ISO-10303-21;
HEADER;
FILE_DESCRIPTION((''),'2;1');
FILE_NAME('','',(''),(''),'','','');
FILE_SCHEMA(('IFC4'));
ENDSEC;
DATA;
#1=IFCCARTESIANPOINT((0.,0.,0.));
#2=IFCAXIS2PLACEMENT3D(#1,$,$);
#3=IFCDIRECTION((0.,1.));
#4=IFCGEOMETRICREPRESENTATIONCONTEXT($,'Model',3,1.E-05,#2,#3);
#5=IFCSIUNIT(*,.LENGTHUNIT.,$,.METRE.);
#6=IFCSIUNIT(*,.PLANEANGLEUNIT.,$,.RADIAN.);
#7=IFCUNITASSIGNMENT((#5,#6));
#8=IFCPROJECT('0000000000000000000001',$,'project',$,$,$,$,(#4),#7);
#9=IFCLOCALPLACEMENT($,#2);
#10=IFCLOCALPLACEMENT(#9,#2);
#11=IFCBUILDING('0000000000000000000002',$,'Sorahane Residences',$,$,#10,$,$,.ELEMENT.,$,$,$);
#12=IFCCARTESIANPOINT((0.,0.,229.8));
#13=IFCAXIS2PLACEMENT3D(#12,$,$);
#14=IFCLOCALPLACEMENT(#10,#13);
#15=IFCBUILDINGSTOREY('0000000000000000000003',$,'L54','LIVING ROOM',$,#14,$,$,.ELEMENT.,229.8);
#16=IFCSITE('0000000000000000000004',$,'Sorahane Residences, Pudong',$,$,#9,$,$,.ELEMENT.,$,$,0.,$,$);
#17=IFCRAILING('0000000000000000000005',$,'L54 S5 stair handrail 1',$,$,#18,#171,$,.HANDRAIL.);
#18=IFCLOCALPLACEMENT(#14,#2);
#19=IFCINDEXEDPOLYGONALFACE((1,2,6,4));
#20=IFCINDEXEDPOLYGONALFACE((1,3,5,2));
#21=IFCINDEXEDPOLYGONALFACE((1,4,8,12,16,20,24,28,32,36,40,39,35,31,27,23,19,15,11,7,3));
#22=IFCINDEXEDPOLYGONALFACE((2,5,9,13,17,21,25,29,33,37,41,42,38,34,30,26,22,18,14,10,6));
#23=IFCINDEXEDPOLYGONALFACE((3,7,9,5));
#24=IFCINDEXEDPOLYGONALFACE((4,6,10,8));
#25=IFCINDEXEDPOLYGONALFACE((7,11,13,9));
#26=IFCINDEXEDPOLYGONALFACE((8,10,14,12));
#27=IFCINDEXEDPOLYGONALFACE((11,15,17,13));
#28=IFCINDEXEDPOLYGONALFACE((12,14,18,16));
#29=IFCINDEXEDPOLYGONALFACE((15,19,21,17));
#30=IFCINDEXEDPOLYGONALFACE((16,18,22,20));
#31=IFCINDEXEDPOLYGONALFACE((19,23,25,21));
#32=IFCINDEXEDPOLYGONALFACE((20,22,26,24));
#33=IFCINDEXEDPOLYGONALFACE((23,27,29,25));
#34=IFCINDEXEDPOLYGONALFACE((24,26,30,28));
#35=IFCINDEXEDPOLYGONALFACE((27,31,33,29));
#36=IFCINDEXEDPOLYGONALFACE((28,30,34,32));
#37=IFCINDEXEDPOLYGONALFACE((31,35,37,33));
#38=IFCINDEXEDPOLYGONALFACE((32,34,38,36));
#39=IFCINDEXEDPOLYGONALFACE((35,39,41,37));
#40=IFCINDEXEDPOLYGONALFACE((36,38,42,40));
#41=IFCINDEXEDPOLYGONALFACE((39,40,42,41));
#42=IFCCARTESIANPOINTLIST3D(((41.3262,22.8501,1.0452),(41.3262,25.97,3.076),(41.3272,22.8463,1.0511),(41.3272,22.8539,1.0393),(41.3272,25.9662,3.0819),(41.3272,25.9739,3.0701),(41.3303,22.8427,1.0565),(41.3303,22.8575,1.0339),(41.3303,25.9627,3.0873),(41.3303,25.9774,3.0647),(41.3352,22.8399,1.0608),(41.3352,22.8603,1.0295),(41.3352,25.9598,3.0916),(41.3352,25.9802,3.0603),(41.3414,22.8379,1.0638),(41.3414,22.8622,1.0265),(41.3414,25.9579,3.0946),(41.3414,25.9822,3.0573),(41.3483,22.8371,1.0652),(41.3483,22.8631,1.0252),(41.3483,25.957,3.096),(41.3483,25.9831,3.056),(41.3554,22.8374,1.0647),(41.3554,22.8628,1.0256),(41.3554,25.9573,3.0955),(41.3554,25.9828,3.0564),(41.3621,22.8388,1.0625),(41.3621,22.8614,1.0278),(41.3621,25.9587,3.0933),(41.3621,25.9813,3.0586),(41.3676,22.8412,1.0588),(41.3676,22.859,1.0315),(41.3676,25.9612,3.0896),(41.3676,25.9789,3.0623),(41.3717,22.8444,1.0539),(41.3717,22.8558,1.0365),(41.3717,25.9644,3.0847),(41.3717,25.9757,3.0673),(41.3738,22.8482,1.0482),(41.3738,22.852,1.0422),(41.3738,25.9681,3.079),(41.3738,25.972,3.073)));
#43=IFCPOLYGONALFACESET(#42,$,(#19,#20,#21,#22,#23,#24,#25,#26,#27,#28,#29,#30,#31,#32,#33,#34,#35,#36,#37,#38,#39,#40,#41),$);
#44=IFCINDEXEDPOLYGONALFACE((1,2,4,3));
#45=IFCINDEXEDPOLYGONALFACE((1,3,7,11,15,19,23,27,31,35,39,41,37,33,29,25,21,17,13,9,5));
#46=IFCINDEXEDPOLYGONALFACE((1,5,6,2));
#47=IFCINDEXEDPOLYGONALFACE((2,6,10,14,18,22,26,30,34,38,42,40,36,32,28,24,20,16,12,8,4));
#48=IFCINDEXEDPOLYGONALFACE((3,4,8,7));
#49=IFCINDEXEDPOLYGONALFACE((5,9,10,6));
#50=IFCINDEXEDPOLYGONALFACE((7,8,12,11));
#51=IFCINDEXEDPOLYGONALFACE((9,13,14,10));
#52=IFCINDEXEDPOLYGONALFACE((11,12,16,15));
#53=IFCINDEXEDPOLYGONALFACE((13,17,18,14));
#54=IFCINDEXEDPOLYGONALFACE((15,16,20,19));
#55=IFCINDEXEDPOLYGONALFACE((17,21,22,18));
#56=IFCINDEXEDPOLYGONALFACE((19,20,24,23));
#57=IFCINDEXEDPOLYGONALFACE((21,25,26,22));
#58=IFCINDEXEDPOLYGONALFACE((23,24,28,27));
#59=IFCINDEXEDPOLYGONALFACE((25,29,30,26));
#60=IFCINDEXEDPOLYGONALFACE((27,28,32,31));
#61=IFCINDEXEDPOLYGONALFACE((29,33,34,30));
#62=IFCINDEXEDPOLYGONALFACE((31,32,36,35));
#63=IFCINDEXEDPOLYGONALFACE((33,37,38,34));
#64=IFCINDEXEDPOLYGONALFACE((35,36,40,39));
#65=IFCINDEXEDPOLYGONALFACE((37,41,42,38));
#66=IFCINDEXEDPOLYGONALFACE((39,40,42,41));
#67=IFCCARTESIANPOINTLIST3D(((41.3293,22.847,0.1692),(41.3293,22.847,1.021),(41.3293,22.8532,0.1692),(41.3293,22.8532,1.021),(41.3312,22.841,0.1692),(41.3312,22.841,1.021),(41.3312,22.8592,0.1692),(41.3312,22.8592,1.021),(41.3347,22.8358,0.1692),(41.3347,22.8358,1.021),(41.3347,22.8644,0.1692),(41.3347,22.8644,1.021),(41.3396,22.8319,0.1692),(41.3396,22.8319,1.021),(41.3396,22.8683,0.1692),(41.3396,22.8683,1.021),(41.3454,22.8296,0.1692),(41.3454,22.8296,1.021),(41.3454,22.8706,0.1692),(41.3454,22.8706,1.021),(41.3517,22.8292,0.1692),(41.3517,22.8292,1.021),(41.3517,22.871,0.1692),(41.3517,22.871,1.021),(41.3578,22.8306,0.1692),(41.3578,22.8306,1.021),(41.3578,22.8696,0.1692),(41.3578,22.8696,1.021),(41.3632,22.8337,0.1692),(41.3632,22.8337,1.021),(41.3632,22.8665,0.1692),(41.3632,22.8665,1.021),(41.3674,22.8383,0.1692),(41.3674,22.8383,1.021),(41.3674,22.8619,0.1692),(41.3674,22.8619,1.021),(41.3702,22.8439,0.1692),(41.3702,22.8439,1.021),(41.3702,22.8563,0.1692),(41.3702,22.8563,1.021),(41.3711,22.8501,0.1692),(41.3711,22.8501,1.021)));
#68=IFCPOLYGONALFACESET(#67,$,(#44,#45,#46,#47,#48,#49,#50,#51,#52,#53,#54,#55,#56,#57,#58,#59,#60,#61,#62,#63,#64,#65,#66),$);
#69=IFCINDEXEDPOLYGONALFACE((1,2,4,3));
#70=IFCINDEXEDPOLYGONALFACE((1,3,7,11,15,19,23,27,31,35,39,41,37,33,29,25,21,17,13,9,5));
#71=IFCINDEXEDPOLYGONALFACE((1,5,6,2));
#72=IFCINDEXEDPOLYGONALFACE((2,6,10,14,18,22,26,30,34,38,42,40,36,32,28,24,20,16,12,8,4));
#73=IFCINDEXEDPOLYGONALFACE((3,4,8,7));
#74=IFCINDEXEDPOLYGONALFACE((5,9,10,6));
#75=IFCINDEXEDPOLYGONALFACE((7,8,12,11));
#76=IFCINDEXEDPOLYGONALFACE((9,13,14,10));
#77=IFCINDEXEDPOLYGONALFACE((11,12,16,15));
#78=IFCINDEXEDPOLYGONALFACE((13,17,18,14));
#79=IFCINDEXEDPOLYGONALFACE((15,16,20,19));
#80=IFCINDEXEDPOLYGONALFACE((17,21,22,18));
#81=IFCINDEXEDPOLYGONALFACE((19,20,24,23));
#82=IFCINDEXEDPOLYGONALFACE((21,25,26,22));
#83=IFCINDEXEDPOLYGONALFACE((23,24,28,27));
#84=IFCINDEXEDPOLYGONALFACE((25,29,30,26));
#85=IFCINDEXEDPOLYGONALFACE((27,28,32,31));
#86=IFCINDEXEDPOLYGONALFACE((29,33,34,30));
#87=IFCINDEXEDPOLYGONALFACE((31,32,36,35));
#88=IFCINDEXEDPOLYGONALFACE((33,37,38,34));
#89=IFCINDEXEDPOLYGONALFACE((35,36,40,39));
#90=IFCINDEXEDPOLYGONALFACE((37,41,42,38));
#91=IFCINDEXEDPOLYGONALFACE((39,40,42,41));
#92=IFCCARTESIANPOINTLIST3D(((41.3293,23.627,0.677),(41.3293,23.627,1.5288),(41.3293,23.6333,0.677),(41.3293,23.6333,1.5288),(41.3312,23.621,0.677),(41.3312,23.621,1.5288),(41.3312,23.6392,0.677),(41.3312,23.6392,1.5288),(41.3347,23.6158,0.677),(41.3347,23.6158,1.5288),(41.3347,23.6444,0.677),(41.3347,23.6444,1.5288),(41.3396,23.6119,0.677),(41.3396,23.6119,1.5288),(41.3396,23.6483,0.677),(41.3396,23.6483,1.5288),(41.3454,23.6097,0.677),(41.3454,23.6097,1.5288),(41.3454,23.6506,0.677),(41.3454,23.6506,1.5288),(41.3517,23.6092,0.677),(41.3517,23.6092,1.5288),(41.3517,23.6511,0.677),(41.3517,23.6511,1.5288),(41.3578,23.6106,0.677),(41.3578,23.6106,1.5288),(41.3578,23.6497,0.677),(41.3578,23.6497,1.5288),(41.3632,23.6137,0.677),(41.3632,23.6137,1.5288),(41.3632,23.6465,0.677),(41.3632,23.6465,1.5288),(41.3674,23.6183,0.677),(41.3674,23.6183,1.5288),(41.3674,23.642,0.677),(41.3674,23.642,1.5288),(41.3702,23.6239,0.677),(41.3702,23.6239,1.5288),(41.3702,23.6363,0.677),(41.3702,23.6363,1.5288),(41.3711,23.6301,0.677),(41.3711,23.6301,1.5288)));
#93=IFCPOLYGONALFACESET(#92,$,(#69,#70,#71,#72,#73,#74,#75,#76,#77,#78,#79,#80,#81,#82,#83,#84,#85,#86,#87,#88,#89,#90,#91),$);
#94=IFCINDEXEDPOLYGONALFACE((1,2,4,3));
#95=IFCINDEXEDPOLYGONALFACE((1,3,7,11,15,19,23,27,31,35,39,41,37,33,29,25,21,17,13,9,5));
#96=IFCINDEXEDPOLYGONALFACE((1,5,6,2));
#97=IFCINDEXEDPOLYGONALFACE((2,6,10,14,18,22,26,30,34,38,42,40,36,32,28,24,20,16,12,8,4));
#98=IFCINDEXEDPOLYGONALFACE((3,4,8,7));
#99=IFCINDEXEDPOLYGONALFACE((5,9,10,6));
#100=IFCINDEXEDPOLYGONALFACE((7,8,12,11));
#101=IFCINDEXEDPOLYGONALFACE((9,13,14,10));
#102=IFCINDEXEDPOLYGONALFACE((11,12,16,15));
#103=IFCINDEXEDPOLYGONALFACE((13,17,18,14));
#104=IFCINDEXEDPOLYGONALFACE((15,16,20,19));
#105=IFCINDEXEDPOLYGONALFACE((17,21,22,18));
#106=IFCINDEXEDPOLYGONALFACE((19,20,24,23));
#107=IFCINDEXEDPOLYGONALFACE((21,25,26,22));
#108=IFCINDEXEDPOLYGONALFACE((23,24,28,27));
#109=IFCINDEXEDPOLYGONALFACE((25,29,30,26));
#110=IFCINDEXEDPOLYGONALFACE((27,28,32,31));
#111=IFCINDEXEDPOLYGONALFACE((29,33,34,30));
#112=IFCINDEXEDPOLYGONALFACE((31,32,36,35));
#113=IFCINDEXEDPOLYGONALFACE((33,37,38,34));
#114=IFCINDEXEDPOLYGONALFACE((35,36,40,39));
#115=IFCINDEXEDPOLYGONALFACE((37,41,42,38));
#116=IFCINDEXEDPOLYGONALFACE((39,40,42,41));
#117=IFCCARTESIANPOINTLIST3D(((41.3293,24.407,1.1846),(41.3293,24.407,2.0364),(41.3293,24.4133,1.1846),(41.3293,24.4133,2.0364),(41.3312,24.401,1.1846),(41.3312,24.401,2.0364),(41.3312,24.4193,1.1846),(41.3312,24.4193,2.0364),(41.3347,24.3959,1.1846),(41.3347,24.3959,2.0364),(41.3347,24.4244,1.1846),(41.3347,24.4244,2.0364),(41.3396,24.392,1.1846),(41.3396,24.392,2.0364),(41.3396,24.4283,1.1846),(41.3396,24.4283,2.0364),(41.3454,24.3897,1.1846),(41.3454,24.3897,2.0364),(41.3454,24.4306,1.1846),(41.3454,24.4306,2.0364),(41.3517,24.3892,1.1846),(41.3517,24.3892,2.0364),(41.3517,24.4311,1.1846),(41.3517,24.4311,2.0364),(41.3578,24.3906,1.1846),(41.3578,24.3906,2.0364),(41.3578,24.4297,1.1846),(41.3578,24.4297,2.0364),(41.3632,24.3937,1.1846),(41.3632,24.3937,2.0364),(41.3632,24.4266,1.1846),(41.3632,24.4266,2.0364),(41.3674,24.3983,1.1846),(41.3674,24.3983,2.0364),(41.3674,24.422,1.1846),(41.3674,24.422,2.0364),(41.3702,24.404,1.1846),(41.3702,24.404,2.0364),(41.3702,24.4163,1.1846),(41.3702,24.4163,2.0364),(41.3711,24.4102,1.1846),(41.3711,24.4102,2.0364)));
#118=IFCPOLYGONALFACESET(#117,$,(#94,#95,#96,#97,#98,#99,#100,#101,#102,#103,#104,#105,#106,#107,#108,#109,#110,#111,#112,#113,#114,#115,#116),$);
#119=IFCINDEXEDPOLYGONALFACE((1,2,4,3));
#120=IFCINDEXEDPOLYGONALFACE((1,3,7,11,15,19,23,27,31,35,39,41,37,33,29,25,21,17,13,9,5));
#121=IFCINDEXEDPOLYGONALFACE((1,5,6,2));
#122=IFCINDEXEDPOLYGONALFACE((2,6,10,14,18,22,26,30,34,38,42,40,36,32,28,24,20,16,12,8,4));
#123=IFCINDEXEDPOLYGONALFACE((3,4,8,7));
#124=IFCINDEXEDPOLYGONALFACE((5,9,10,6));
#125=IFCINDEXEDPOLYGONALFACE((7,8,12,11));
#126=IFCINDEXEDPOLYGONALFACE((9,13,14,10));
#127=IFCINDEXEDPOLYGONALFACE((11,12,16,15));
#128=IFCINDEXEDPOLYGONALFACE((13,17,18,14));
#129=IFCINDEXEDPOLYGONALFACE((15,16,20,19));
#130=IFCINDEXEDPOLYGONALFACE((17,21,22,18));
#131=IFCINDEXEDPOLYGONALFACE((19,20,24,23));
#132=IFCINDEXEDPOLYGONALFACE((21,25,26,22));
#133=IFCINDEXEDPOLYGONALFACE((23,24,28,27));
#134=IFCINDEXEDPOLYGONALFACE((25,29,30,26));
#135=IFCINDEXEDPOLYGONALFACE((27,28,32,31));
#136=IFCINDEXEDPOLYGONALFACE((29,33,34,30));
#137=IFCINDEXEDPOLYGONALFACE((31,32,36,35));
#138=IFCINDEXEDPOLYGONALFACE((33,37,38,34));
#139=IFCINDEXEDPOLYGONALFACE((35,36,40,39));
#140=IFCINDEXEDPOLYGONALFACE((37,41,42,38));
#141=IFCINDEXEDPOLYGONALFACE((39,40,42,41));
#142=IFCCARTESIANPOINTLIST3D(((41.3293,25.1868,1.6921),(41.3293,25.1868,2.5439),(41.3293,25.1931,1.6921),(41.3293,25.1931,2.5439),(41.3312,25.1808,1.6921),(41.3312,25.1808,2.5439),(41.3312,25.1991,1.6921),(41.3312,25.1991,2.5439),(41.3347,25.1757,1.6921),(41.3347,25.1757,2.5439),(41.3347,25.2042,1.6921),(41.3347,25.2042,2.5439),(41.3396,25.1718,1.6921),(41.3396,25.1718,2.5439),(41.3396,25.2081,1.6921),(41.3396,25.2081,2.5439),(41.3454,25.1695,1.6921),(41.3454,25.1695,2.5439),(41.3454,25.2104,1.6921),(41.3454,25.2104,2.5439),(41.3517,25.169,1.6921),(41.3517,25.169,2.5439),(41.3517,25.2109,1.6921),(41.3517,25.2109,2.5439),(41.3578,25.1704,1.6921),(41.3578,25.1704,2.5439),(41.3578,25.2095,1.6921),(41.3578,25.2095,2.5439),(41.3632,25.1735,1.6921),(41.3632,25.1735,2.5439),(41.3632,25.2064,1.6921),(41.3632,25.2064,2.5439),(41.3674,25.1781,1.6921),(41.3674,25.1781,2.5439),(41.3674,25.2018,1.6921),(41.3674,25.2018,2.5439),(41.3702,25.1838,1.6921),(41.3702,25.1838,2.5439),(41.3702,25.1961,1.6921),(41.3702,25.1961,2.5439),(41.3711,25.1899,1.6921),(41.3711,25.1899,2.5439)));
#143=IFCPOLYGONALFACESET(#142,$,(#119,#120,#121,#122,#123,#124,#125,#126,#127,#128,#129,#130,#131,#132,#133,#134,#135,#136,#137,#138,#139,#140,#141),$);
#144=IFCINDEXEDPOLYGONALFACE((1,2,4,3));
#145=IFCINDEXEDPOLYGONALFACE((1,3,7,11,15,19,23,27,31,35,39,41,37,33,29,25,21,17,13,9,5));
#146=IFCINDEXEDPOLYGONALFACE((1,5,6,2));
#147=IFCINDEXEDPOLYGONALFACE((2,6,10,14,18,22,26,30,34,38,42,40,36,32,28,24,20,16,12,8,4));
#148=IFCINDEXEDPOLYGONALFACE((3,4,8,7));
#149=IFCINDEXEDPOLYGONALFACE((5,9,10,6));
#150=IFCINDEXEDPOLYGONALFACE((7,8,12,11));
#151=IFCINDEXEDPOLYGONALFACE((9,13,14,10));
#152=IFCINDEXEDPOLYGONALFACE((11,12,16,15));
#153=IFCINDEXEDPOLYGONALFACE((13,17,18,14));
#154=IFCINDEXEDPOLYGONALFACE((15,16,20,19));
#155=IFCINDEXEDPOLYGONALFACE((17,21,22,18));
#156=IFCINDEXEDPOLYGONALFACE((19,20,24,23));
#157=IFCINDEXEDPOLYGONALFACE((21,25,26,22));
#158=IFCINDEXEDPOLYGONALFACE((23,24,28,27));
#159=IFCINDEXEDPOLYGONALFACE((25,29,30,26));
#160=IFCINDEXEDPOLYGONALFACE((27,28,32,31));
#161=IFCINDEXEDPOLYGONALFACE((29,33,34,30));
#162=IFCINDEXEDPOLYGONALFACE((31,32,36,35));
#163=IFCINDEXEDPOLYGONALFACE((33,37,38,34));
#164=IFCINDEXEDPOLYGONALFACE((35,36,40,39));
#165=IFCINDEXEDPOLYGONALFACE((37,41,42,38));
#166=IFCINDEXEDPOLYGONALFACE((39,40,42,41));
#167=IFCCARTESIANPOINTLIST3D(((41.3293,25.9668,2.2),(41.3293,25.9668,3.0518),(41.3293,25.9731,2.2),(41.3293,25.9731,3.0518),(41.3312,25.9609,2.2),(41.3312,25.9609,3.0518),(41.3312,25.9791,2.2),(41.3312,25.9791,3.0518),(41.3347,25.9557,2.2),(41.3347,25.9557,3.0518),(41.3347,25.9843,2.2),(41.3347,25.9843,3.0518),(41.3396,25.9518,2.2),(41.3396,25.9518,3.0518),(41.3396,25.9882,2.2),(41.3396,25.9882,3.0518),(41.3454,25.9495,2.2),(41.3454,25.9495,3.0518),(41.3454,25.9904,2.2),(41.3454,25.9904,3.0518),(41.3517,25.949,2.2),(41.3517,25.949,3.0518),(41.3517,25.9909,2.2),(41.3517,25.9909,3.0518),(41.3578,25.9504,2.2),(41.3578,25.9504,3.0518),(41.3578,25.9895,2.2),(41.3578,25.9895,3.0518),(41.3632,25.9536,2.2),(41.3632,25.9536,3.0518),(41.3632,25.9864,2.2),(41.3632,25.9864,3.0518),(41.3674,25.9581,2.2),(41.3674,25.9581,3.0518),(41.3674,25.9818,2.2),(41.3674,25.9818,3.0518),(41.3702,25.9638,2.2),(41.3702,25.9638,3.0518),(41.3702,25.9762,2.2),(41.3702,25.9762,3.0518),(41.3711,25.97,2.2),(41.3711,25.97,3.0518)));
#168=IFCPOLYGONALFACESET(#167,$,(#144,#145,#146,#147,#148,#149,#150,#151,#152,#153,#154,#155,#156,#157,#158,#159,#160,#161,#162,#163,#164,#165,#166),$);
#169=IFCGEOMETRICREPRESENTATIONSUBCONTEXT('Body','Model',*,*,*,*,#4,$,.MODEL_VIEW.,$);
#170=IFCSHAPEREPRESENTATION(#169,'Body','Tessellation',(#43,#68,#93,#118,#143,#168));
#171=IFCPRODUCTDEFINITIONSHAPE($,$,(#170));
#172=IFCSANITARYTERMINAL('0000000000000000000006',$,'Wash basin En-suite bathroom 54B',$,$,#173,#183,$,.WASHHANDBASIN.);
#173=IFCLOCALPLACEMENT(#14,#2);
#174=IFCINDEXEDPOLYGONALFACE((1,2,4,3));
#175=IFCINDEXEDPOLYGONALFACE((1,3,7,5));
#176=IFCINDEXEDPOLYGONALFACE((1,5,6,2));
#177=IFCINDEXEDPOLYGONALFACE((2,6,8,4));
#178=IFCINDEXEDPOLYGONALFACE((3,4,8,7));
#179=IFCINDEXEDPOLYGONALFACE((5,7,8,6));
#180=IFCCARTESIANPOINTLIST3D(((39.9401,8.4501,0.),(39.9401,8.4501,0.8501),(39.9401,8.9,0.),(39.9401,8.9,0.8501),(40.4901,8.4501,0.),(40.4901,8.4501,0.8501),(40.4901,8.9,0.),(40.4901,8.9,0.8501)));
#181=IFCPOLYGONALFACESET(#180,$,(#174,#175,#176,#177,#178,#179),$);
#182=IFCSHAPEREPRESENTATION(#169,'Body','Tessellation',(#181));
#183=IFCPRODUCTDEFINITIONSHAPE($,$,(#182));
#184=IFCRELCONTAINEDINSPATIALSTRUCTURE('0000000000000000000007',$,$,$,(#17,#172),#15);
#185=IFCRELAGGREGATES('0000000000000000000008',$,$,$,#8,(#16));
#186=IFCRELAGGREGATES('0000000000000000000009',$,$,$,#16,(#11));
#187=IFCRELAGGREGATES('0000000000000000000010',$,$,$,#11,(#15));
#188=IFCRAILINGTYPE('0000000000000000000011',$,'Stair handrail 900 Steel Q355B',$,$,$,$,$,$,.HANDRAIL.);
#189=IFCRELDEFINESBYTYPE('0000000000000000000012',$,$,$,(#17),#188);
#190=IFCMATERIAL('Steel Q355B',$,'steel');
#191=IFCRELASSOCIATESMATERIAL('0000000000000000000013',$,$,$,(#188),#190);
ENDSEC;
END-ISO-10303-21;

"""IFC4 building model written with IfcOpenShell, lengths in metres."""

from ifc_helpers import new_model, si_unit, direction, frame, origin, origin_2d, place, context, subcontext, project, spatial, rectangle, circle, extrude, material, type_object, element, save


model = new_model("IFC4")

# Units and contexts
model_context = context("Model", 3, precision=1e-05, world=origin(), true_north=direction((0.0, 1.0)))
body_context = subcontext(model_context, "Body", "Model", "MODEL_VIEW")
ifc_project = project(units=[si_unit("LENGTHUNIT", "METRE"), si_unit("PLANEANGLEUNIT", "RADIAN")], contexts=[model_context])

# Site, building, storey
site_placement = place(None, origin())
site = spatial("IfcSite", under=ifc_project, at=site_placement, Name="Sorahane Residences, Pudong", CompositionType="ELEMENT", RefElevation=0.0)
building_placement = place(site_placement, origin())
building = spatial("IfcBuilding", under=site, at=building_placement, Name="Sorahane Residences", CompositionType="ELEMENT")
storey_placement = place(building_placement, frame((0.0, 0.0, 229.8)))
storey = spatial("IfcBuildingStorey", under=building, at=storey_placement, Name="L54", Description="LIVING ROOM", CompositionType="ELEMENT", Elevation=229.8)

# Railing
ifc_material_1 = material(Name="Steel Q355B", Category="steel")
railing_type_1 = type_object("IfcRailingType", Name="Stair handrail 900 Steel Q355B", PredefinedType="HANDRAIL", material=ifc_material_1)
railing_1_placement = place(storey_placement, frame((41.3501, 22.8501, 0.1692)))
element("IfcRailing", 1, at=railing_1_placement, inside=storey, type_object=railing_type_1, Name="L54 S5 stair handrail 1", PredefinedType="HANDRAIL", context=body_context, shape_type="SweptSolid", body=[
    extrude(circle(Radius=0.0239, at=origin_2d()), frame((0.0, 0.0, 0.876), z_axis=(0.0, 0.838094, 0.545525), x_axis=(-1.0, 0.0, 0.0)), (0.0, 0.0, 1.0), 3.7227),
    extrude(circle(Radius=0.021, at=origin_2d()), origin(), (0.0, 0.0, 1.0), 0.8518),
    extrude(circle(Radius=0.021, at=origin_2d()), frame((0.0, 0.78, 0.5078)), (0.0, 0.0, 1.0), 0.8518),
    extrude(circle(Radius=0.021, at=origin_2d()), frame((0.0, 1.5601, 1.0154)), (0.0, 0.0, 1.0), 0.8518),
    extrude(circle(Radius=0.021, at=origin_2d()), frame((0.0, 2.3398, 1.5229)), (0.0, 0.0, 1.0), 0.8518),
    extrude(circle(Radius=0.021, at=origin_2d()), frame((0.0, 3.1199, 2.0308)), (0.0, 0.0, 1.0), 0.8518),
])

# Sanitary terminal
sanitary_terminal_placement = place(storey_placement, frame((40.2151, 8.675, 0.0), z_axis=(0.0, 0.0, 1.0), x_axis=(1.0, 0.0, 0.0)))
element("IfcSanitaryTerminal", 2, at=sanitary_terminal_placement, inside=storey, Name="Wash basin En-suite bathroom 54B", PredefinedType="WASHHANDBASIN", context=body_context, shape_type="SweptSolid", body=[
    extrude(rectangle(XDim=0.55, YDim=0.45, at=origin_2d()), origin(), (0.0, 0.0, 1.0), 0.8501),
])

save(model, "model.ifc")
